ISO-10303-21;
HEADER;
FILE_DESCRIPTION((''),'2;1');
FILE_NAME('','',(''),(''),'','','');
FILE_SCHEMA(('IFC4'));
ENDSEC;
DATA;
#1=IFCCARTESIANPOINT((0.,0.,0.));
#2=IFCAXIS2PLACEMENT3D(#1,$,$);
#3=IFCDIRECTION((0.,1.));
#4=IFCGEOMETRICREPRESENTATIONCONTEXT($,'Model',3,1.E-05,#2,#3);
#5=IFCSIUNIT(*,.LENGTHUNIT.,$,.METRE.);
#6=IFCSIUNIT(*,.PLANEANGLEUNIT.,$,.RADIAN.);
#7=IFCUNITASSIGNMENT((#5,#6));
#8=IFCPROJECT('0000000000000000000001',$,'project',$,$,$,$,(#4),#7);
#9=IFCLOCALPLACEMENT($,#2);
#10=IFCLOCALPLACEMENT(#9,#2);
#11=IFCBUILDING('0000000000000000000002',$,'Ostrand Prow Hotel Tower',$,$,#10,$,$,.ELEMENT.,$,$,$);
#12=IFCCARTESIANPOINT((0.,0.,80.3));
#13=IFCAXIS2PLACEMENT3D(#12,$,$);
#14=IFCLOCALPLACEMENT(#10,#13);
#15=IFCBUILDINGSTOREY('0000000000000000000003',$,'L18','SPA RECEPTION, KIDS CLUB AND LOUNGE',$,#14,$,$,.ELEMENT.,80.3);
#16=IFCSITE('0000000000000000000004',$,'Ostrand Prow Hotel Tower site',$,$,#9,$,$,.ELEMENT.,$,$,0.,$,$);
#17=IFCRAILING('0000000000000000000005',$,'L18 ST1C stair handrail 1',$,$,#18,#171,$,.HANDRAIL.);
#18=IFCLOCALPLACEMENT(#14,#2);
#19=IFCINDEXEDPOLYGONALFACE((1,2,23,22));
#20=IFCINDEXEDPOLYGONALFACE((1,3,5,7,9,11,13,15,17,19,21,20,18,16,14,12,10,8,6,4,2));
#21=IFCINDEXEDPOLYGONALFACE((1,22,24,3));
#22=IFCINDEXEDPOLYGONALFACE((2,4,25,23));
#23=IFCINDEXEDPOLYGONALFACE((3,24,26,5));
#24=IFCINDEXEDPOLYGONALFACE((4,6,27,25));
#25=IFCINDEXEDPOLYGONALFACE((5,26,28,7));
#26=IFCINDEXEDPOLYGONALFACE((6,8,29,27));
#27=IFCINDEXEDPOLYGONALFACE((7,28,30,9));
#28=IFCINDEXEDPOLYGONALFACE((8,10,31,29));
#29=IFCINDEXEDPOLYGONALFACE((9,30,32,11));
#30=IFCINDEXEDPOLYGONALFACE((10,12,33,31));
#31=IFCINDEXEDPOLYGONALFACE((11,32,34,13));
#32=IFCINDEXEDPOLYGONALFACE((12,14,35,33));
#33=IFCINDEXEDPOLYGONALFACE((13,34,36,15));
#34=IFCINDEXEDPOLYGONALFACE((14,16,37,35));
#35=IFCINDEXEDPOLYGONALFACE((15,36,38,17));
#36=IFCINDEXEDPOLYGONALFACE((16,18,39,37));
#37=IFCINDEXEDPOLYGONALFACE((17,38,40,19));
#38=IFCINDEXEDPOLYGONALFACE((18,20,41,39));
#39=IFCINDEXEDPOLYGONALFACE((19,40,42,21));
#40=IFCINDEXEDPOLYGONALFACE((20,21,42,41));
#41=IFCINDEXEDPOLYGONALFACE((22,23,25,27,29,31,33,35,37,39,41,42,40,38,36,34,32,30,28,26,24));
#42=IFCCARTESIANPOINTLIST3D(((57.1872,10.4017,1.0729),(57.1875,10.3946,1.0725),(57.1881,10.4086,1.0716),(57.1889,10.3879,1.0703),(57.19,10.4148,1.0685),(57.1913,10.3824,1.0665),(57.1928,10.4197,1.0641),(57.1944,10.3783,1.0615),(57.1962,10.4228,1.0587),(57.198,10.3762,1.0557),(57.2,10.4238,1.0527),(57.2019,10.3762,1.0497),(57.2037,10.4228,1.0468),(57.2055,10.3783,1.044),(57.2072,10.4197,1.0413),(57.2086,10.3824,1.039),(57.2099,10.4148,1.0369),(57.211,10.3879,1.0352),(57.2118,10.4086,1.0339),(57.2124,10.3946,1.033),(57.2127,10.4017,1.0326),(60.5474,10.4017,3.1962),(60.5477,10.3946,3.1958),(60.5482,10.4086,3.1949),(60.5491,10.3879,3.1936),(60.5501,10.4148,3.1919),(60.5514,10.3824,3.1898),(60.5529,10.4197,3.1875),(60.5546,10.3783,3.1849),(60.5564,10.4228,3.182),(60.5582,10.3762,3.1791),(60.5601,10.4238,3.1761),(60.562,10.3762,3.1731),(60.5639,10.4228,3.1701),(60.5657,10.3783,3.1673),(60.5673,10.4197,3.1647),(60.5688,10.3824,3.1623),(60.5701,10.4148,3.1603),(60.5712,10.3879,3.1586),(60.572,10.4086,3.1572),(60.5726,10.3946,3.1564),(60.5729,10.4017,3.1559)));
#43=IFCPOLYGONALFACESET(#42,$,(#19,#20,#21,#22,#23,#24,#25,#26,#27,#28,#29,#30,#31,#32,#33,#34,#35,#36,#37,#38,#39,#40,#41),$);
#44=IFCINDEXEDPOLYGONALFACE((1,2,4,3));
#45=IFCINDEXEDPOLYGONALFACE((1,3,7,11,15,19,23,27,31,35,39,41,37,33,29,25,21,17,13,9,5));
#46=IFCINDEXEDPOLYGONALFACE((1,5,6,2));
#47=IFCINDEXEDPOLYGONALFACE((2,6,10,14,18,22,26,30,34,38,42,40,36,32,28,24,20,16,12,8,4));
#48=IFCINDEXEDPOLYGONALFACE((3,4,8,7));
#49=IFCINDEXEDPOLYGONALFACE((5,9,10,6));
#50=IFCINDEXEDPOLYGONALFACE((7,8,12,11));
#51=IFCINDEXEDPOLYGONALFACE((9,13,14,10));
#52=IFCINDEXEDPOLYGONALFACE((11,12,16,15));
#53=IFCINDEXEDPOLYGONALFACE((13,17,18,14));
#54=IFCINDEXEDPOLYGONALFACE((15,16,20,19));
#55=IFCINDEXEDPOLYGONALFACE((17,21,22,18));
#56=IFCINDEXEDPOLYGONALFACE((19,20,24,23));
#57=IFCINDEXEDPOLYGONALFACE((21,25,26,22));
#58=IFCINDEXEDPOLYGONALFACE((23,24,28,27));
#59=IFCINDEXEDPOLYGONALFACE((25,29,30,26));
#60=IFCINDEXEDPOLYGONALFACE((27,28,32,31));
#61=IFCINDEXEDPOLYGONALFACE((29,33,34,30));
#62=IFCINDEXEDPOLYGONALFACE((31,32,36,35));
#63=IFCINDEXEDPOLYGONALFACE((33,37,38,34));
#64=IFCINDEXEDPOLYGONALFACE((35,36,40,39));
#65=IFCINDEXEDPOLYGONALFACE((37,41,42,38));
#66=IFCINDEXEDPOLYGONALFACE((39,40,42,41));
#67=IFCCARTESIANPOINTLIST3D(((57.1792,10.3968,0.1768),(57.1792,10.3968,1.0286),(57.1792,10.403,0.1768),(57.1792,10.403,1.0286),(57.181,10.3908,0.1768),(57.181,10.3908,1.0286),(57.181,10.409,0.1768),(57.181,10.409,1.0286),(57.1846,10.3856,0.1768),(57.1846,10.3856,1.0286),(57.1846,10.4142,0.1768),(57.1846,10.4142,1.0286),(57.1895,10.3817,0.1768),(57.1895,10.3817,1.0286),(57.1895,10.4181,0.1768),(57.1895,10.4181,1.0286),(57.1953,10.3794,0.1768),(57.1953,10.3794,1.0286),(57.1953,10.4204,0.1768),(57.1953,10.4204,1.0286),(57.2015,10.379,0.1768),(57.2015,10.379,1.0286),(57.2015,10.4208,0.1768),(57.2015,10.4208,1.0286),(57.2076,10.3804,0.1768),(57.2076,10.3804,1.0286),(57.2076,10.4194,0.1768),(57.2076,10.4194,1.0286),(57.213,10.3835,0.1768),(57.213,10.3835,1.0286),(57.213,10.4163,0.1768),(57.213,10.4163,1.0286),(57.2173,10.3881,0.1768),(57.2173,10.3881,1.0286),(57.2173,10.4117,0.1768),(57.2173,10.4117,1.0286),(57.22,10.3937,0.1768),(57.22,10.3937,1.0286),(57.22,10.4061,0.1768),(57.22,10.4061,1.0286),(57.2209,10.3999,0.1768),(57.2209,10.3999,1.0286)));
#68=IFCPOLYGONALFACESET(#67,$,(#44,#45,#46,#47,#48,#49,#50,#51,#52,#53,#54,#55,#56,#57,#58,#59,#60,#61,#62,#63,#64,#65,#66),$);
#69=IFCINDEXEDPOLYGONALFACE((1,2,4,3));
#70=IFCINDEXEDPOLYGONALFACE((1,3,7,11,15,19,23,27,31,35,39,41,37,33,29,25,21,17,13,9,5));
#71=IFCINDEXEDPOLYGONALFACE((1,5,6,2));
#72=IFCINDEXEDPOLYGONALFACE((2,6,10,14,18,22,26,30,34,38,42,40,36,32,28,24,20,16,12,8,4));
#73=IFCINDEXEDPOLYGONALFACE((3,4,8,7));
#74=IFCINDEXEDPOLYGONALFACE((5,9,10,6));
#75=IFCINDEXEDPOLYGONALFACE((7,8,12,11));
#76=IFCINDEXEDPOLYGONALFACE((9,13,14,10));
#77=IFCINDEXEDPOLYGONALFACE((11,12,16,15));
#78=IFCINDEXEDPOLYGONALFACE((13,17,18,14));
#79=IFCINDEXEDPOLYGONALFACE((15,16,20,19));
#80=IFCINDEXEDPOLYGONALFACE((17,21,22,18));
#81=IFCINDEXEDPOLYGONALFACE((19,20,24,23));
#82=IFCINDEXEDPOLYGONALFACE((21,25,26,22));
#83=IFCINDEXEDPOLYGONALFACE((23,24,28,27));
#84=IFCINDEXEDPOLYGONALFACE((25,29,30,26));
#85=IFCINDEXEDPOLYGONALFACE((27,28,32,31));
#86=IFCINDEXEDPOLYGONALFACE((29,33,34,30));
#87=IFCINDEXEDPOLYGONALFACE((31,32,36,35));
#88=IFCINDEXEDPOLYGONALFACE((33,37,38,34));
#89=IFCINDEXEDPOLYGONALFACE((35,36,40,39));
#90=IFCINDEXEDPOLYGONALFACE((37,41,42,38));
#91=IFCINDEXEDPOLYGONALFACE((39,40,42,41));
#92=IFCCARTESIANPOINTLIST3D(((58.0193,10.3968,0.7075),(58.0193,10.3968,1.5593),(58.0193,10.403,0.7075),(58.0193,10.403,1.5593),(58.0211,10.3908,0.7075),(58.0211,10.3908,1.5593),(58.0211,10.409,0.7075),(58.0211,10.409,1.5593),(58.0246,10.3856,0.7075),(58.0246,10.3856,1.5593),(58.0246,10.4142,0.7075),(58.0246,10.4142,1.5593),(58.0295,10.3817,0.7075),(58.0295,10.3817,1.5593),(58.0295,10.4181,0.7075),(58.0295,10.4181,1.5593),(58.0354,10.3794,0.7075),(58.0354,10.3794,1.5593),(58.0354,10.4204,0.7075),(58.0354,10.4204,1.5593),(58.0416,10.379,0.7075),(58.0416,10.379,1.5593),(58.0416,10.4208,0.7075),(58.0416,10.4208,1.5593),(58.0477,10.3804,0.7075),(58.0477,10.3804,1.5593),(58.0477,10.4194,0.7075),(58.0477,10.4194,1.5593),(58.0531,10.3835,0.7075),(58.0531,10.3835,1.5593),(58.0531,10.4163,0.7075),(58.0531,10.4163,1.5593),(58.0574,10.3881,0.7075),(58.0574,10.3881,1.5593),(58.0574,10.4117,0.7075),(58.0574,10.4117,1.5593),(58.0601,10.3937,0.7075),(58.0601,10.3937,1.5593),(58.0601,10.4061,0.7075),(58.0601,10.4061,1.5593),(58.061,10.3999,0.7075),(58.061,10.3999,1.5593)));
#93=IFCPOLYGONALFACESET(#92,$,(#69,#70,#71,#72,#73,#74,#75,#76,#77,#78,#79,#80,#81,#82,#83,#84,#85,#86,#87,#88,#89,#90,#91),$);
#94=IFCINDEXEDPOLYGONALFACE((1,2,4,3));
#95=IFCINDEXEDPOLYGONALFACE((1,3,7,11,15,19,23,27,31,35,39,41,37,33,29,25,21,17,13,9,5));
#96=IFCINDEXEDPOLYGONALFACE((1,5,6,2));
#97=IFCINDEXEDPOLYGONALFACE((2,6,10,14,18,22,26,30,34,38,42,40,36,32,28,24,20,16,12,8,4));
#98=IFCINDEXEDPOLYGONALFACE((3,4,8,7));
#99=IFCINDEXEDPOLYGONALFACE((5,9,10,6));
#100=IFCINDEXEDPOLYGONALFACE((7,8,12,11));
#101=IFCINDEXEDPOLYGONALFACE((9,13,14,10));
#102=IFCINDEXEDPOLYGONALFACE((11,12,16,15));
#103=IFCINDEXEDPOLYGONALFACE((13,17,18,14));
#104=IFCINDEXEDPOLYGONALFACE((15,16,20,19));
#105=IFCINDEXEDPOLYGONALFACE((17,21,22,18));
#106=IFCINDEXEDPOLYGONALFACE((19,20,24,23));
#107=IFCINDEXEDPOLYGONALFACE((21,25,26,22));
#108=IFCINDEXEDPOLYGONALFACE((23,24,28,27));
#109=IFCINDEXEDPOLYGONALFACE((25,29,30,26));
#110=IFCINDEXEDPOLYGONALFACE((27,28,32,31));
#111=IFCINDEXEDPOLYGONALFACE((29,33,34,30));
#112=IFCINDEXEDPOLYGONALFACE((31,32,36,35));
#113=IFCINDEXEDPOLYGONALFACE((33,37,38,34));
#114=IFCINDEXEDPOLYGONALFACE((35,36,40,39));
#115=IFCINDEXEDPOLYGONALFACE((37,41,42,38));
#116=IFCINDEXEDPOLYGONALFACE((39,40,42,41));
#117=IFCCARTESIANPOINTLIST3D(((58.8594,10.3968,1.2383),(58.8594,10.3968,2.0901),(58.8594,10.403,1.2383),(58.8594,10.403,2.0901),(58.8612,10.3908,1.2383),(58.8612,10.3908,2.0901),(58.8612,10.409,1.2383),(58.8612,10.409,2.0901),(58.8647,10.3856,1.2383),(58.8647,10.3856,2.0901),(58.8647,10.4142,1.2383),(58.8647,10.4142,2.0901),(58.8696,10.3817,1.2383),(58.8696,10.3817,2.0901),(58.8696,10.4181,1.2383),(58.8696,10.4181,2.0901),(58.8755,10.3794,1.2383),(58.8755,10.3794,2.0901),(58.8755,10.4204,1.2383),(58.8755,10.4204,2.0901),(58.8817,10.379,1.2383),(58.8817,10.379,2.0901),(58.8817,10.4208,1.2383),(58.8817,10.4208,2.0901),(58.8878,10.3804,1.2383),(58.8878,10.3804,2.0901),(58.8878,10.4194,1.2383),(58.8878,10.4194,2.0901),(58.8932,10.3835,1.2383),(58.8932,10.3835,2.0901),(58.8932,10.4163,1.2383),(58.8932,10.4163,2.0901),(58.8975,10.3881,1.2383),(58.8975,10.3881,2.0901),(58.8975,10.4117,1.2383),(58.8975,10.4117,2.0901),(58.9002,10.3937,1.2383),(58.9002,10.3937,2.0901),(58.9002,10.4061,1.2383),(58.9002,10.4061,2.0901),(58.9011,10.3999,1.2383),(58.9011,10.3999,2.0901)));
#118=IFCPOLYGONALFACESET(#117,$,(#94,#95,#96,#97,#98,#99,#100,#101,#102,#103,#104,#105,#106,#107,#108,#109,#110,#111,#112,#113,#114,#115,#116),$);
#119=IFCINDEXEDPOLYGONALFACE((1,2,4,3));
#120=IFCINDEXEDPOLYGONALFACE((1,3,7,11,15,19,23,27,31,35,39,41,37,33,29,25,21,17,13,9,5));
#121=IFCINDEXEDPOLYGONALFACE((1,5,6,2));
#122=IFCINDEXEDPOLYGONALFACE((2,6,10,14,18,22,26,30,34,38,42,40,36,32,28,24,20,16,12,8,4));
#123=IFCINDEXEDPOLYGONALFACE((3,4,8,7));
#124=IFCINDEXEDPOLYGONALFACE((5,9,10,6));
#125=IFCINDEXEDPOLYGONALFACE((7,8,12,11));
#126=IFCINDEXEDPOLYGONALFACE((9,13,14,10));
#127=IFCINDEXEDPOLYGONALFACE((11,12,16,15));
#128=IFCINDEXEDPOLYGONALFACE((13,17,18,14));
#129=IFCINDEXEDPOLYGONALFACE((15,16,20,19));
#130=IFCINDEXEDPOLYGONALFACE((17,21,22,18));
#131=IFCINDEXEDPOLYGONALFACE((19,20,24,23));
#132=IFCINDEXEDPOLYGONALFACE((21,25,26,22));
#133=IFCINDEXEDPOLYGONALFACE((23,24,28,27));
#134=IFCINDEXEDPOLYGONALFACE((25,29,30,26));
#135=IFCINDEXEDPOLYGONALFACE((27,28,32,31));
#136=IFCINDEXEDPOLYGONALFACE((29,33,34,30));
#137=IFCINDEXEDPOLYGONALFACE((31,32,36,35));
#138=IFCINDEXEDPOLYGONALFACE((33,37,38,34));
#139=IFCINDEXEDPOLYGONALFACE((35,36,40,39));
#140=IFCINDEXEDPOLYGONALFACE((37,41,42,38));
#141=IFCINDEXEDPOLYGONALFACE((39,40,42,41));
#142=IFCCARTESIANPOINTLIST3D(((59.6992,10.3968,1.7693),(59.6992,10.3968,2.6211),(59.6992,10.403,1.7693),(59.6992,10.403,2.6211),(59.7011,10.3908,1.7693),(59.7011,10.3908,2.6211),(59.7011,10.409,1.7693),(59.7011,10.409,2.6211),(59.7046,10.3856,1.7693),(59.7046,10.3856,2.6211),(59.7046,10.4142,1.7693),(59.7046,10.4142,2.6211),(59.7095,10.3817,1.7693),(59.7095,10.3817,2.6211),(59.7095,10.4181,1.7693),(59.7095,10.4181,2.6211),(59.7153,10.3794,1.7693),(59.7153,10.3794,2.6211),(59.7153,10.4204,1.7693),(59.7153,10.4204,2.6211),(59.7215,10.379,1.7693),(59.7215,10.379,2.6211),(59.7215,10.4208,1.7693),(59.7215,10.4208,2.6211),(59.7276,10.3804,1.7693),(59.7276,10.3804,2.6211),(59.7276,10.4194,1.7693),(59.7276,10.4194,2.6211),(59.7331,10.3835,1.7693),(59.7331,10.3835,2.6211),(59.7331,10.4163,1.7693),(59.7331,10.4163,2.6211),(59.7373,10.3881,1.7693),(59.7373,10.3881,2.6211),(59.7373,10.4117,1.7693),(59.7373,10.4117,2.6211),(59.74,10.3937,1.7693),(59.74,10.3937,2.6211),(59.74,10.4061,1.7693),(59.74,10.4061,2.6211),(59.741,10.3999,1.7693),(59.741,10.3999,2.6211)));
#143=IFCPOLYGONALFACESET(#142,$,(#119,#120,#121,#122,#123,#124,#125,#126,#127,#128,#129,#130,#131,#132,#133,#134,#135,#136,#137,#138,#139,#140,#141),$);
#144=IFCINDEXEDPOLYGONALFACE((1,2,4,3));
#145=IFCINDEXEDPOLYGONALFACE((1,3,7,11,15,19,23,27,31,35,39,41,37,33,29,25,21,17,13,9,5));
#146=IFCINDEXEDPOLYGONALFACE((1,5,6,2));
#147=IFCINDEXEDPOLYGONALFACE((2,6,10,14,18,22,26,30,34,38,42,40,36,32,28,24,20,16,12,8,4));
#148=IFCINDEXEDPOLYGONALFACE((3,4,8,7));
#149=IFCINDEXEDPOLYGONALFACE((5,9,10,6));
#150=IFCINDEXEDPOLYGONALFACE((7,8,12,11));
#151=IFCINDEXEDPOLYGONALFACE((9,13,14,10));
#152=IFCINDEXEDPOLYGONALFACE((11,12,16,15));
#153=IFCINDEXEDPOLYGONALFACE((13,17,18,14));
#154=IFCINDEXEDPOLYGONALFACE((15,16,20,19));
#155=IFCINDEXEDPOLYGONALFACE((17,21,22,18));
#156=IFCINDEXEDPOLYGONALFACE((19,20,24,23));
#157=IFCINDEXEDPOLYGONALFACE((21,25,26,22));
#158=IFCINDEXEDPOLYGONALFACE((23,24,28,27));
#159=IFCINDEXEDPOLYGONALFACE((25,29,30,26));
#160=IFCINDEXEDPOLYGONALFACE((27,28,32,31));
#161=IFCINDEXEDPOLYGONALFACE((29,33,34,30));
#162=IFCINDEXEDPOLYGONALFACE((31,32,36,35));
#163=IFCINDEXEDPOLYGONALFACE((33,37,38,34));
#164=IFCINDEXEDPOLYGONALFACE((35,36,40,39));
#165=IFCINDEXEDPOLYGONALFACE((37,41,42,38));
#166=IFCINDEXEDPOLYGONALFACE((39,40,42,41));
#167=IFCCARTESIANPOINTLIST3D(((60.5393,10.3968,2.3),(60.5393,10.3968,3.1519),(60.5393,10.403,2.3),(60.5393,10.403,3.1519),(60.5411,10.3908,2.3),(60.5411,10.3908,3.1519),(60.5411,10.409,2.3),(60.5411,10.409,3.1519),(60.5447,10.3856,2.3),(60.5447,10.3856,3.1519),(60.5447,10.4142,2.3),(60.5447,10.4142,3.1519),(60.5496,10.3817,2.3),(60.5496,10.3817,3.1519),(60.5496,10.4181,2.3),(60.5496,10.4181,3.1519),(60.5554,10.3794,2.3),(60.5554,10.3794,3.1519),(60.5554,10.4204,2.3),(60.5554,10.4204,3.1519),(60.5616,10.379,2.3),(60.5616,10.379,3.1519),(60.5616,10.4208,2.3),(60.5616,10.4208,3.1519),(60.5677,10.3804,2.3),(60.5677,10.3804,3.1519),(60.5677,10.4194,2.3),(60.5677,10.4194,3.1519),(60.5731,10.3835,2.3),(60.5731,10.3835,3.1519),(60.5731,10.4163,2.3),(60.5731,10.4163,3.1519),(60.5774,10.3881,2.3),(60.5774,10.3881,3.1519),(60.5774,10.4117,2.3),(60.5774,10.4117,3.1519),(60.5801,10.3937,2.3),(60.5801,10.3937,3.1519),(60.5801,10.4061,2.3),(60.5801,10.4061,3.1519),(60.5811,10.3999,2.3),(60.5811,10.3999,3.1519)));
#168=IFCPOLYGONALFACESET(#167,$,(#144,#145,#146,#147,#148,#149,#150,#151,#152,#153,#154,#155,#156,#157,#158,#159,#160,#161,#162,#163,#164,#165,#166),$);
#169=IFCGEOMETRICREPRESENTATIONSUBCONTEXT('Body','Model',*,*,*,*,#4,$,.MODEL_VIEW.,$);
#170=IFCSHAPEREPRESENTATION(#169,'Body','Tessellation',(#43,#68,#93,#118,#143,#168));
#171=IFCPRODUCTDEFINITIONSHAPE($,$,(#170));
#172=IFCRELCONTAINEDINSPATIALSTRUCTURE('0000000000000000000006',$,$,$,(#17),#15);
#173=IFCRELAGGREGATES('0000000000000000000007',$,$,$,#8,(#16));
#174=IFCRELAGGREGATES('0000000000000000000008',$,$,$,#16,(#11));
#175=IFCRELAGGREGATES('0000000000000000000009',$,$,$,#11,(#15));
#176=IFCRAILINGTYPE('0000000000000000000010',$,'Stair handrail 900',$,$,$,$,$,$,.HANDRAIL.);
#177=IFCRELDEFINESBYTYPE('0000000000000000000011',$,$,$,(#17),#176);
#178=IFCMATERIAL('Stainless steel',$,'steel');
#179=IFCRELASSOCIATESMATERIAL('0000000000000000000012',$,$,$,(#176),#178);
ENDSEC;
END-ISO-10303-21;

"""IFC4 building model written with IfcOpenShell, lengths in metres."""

from ifc_helpers import new_model, si_unit, direction, frame, origin, origin_2d, place, context, subcontext, project, spatial, circle, extrude, material, type_object, element, save


model = new_model("IFC4")

# Units and contexts
model_context = context("Model", 3, precision=1e-05, world=origin(), true_north=direction((0.0, 1.0)))
body_context = subcontext(model_context, "Body", "Model", "MODEL_VIEW")
ifc_project = project(units=[si_unit("LENGTHUNIT", "METRE"), si_unit("PLANEANGLEUNIT", "RADIAN")], contexts=[model_context])

# Site, building, storey
site_placement = place(None, origin())
site = spatial("IfcSite", under=ifc_project, at=site_placement, Name="Ostrand Prow Hotel Tower site", CompositionType="ELEMENT", RefElevation=0.0)
building_placement = place(site_placement, origin())
building = spatial("IfcBuilding", under=site, at=building_placement, Name="Ostrand Prow Hotel Tower", CompositionType="ELEMENT")
storey_placement = place(building_placement, frame((0.0, 0.0, 80.3)))
storey = spatial("IfcBuildingStorey", under=building, at=storey_placement, Name="L18", Description="SPA RECEPTION, KIDS CLUB AND LOUNGE", CompositionType="ELEMENT", Elevation=80.3)

# Railing
ifc_material_1 = material(Name="Stainless steel", Category="steel")
railing_type_1 = type_object("IfcRailingType", Name="Stair handrail 900", PredefinedType="HANDRAIL", material=ifc_material_1)
railing_1_placement = place(storey_placement, frame((57.2, 10.3999, 0.1768)))
element("IfcRailing", 1, at=railing_1_placement, inside=storey, type_object=railing_type_1, Name="L18 ST1C stair handrail 1", PredefinedType="HANDRAIL", context=body_context, shape_type="SweptSolid", body=[
    extrude(circle(Radius=0.0239, at=origin_2d()), frame((0.0, 0.0, 0.876), z_axis=(0.845362, 0.0, 0.534194), x_axis=(0.0, 1.0, 0.0)), (0.0, 0.0, 1.0), 3.9749),
    extrude(circle(Radius=0.021, at=origin_2d()), origin(), (0.0, 0.0, 1.0), 0.8518),
    extrude(circle(Radius=0.021, at=origin_2d()), frame((0.8401, 0.0, 0.5308)), (0.0, 0.0, 1.0), 0.8518),
    extrude(circle(Radius=0.021, at=origin_2d()), frame((1.6802, 0.0, 1.0615)), (0.0, 0.0, 1.0), 0.8518),
    extrude(circle(Radius=0.021, at=origin_2d()), frame((2.52, 0.0, 1.5925)), (0.0, 0.0, 1.0), 0.8518),
    extrude(circle(Radius=0.021, at=origin_2d()), frame((3.3601, 0.0, 2.1233)), (0.0, 0.0, 1.0), 0.8518),
])

save(model, "model.ifc")
